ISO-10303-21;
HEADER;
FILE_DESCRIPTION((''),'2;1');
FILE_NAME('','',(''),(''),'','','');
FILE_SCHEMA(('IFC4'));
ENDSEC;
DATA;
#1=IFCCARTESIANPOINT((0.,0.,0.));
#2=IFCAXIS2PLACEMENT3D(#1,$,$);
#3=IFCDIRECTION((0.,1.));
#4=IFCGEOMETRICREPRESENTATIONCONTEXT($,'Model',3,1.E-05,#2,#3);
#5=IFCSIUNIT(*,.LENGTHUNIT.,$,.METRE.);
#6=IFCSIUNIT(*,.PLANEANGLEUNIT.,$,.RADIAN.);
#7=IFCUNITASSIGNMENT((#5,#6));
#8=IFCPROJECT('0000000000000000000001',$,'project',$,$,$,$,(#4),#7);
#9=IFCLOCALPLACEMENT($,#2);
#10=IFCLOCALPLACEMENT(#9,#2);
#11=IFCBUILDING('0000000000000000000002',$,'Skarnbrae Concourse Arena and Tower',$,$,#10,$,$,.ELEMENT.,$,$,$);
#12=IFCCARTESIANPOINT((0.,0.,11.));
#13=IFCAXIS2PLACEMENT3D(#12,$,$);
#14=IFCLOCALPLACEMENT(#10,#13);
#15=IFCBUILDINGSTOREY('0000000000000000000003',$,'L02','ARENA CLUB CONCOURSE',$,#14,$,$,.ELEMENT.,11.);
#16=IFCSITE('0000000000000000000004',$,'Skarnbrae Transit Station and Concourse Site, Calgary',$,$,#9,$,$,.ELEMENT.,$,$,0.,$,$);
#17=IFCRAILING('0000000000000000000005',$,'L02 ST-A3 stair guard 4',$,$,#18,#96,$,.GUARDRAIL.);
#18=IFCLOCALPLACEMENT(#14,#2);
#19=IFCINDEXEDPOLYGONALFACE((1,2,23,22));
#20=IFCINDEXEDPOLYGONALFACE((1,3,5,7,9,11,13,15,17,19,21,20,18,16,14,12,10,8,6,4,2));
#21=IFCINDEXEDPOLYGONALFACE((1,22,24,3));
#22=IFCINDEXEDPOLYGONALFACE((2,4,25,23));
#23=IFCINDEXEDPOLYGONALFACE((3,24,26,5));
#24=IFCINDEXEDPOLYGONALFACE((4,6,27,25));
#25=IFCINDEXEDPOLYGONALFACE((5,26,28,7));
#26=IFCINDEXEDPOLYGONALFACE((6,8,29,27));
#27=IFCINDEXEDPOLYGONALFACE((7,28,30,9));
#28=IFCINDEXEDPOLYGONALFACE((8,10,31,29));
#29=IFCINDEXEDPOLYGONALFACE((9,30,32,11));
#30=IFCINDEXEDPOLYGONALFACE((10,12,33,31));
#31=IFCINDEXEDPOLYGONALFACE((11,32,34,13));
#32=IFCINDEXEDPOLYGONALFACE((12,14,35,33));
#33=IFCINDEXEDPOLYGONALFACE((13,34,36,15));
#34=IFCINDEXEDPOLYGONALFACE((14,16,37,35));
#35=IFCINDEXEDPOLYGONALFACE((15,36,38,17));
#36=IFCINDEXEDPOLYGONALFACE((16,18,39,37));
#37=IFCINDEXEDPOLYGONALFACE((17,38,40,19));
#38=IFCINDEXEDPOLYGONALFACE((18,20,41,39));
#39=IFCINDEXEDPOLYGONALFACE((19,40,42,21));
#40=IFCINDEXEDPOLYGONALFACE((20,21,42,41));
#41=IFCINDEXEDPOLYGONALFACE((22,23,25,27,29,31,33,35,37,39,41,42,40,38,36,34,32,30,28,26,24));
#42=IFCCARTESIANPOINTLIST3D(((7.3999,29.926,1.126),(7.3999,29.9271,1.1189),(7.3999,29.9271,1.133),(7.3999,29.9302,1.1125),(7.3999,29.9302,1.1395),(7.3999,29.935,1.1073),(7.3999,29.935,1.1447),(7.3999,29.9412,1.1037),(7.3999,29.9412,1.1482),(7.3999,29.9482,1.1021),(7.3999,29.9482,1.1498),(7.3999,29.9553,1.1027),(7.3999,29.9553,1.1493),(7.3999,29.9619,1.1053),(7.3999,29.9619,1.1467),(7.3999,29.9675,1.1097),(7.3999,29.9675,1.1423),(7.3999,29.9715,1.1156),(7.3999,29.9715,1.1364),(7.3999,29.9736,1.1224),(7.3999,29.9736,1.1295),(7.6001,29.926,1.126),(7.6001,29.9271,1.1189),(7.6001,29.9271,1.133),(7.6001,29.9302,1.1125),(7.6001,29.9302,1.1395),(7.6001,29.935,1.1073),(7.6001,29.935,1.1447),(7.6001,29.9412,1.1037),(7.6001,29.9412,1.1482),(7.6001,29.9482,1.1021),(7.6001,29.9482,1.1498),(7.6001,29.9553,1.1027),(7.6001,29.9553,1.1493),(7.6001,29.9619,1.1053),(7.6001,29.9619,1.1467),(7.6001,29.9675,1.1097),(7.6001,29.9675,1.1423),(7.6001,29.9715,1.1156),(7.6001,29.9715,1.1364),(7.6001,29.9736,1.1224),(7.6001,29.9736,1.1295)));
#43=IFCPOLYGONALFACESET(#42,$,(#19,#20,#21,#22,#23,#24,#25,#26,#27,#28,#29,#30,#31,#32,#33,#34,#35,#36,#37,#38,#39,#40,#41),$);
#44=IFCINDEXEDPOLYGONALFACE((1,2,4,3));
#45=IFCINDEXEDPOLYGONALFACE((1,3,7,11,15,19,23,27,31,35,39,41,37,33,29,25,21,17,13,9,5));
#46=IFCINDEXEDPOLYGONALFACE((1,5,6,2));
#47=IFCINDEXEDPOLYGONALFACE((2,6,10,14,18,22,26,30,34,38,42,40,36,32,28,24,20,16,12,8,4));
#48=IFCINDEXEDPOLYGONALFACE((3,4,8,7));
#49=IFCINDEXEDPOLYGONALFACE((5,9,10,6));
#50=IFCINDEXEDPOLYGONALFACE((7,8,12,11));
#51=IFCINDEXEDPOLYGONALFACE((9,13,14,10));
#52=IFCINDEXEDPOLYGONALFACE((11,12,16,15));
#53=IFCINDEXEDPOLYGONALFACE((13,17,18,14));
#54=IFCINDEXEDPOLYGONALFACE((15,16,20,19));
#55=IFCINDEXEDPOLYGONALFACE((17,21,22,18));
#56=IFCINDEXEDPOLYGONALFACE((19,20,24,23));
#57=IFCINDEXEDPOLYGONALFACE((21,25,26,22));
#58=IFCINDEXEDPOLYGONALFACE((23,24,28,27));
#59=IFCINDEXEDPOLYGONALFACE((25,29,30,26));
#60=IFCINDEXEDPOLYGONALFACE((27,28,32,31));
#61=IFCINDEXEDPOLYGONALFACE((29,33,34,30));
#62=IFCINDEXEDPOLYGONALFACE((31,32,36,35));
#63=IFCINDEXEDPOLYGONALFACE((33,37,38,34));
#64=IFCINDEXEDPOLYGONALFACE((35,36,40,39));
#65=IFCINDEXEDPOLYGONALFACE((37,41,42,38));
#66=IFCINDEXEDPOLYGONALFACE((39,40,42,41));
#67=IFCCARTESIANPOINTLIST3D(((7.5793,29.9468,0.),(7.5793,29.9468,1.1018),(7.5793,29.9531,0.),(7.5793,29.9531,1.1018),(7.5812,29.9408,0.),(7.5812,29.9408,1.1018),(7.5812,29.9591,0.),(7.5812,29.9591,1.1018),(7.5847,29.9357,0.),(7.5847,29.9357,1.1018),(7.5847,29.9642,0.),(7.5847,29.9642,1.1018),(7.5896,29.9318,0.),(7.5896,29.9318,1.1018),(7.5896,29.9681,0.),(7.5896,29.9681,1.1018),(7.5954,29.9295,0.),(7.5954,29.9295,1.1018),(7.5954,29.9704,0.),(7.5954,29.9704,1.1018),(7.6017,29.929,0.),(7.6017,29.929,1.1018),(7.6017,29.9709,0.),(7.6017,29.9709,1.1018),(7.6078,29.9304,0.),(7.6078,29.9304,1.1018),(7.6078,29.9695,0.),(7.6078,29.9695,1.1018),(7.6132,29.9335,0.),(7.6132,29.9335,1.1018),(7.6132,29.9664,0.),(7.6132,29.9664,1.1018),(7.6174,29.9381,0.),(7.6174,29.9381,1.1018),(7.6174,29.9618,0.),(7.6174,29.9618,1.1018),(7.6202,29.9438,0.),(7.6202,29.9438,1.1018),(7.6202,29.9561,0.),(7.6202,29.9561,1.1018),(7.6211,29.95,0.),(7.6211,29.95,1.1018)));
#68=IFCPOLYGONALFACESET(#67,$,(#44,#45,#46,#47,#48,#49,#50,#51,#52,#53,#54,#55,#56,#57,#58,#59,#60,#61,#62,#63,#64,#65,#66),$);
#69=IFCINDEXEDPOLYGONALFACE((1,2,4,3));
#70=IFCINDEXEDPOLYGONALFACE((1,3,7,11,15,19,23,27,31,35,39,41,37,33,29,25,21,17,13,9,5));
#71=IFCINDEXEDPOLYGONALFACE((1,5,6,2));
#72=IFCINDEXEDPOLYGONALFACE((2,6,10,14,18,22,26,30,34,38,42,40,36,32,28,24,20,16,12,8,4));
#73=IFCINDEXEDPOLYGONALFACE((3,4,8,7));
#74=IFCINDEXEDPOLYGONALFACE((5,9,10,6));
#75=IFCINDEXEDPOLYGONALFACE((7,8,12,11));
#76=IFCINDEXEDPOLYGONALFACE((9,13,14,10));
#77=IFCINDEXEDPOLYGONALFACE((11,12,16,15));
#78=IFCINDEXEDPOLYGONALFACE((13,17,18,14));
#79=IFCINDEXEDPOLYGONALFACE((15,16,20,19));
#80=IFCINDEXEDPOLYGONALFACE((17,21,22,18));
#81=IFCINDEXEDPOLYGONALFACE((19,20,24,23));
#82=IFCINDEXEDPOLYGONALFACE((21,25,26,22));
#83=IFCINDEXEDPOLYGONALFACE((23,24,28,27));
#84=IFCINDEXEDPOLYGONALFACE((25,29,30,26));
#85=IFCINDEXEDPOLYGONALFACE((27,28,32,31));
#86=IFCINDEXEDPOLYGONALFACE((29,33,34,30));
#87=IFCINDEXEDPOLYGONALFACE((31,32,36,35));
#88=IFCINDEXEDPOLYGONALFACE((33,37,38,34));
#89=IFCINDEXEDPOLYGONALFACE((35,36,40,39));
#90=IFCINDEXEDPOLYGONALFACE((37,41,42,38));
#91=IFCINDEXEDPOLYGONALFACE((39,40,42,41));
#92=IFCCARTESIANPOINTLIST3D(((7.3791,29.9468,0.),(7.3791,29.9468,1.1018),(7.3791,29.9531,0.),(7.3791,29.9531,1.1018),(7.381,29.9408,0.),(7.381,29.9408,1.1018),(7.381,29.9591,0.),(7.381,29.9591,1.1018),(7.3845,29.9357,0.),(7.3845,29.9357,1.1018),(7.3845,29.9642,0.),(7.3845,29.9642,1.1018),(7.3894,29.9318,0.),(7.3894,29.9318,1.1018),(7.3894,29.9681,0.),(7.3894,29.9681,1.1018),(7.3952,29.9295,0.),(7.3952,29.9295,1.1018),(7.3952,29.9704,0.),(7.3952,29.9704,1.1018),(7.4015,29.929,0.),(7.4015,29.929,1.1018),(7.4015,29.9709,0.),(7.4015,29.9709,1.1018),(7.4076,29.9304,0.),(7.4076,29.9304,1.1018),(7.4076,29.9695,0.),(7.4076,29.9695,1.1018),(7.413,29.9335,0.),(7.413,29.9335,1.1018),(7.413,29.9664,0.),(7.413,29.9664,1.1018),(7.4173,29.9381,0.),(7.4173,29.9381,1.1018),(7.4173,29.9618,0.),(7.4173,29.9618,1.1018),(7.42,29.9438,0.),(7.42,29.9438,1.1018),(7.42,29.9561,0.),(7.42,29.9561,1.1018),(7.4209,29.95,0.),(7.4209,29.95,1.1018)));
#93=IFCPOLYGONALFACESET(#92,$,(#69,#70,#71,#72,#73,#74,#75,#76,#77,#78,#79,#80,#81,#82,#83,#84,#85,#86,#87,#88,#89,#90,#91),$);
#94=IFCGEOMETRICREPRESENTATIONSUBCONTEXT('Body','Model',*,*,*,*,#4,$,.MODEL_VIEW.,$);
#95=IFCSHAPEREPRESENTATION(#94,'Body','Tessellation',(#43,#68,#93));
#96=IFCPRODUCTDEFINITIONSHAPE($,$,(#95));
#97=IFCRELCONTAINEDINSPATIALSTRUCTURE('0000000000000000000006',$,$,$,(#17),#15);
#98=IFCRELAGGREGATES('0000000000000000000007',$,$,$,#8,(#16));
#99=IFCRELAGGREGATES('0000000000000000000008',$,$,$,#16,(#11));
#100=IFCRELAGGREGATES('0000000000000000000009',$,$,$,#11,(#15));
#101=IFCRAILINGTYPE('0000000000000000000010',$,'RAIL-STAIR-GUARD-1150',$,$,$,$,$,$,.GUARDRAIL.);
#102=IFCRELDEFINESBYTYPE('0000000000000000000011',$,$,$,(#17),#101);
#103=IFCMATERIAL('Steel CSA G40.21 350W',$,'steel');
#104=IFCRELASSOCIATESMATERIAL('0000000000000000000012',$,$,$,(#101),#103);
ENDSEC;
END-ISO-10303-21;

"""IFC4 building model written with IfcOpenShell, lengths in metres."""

from ifc_helpers import new_model, si_unit, direction, frame, origin, origin_2d, place, context, subcontext, project, spatial, circle, extrude, material, type_object, element, save


model = new_model("IFC4")

# Units and contexts
model_context = context("Model", 3, precision=1e-05, world=origin(), true_north=direction((0.0, 1.0)))
body_context = subcontext(model_context, "Body", "Model", "MODEL_VIEW")
ifc_project = project(units=[si_unit("LENGTHUNIT", "METRE"), si_unit("PLANEANGLEUNIT", "RADIAN")], contexts=[model_context])

# Site, building, storey
site_placement = place(None, origin())
site = spatial("IfcSite", under=ifc_project, at=site_placement, Name="Skarnbrae Transit Station and Concourse Site, Calgary", CompositionType="ELEMENT", RefElevation=0.0)
building_placement = place(site_placement, origin())
building = spatial("IfcBuilding", under=site, at=building_placement, Name="Skarnbrae Concourse Arena and Tower", CompositionType="ELEMENT")
storey_placement = place(building_placement, frame((0.0, 0.0, 11.0)))
storey = spatial("IfcBuildingStorey", under=building, at=storey_placement, Name="L02", Description="ARENA CLUB CONCOURSE", CompositionType="ELEMENT", Elevation=11.0)

# Shared definitions
ifc_material_1 = material(Name="Steel CSA G40.21 350W", Category="steel")

# Railing
railing_type_1 = type_object("IfcRailingType", Name="RAIL-STAIR-GUARD-1150", PredefinedType="GUARDRAIL", material=ifc_material_1)
railing_1_placement = place(storey_placement, frame((7.6001, 29.95, 0.0)))
element("IfcRailing", 1, at=railing_1_placement, inside=storey, type_object=railing_type_1, Name="L02 ST-A3 stair guard 4", PredefinedType="GUARDRAIL", context=body_context, shape_type="SweptSolid", body=[
    extrude(circle(Radius=0.0239, at=origin_2d()), frame((0.0, 0.0, 1.126), z_axis=(-1.0, 0.0, 0.0), x_axis=(0.0, -1.0, 0.0)), (0.0, 0.0, 1.0), 0.2002),
    extrude(circle(Radius=0.021, at=origin_2d()), origin(), (0.0, 0.0, 1.0), 1.1018),
    extrude(circle(Radius=0.021, at=origin_2d()), frame((-0.2002, 0.0, 0.0)), (0.0, 0.0, 1.0), 1.1018),
])

save(model, "model.ifc")
